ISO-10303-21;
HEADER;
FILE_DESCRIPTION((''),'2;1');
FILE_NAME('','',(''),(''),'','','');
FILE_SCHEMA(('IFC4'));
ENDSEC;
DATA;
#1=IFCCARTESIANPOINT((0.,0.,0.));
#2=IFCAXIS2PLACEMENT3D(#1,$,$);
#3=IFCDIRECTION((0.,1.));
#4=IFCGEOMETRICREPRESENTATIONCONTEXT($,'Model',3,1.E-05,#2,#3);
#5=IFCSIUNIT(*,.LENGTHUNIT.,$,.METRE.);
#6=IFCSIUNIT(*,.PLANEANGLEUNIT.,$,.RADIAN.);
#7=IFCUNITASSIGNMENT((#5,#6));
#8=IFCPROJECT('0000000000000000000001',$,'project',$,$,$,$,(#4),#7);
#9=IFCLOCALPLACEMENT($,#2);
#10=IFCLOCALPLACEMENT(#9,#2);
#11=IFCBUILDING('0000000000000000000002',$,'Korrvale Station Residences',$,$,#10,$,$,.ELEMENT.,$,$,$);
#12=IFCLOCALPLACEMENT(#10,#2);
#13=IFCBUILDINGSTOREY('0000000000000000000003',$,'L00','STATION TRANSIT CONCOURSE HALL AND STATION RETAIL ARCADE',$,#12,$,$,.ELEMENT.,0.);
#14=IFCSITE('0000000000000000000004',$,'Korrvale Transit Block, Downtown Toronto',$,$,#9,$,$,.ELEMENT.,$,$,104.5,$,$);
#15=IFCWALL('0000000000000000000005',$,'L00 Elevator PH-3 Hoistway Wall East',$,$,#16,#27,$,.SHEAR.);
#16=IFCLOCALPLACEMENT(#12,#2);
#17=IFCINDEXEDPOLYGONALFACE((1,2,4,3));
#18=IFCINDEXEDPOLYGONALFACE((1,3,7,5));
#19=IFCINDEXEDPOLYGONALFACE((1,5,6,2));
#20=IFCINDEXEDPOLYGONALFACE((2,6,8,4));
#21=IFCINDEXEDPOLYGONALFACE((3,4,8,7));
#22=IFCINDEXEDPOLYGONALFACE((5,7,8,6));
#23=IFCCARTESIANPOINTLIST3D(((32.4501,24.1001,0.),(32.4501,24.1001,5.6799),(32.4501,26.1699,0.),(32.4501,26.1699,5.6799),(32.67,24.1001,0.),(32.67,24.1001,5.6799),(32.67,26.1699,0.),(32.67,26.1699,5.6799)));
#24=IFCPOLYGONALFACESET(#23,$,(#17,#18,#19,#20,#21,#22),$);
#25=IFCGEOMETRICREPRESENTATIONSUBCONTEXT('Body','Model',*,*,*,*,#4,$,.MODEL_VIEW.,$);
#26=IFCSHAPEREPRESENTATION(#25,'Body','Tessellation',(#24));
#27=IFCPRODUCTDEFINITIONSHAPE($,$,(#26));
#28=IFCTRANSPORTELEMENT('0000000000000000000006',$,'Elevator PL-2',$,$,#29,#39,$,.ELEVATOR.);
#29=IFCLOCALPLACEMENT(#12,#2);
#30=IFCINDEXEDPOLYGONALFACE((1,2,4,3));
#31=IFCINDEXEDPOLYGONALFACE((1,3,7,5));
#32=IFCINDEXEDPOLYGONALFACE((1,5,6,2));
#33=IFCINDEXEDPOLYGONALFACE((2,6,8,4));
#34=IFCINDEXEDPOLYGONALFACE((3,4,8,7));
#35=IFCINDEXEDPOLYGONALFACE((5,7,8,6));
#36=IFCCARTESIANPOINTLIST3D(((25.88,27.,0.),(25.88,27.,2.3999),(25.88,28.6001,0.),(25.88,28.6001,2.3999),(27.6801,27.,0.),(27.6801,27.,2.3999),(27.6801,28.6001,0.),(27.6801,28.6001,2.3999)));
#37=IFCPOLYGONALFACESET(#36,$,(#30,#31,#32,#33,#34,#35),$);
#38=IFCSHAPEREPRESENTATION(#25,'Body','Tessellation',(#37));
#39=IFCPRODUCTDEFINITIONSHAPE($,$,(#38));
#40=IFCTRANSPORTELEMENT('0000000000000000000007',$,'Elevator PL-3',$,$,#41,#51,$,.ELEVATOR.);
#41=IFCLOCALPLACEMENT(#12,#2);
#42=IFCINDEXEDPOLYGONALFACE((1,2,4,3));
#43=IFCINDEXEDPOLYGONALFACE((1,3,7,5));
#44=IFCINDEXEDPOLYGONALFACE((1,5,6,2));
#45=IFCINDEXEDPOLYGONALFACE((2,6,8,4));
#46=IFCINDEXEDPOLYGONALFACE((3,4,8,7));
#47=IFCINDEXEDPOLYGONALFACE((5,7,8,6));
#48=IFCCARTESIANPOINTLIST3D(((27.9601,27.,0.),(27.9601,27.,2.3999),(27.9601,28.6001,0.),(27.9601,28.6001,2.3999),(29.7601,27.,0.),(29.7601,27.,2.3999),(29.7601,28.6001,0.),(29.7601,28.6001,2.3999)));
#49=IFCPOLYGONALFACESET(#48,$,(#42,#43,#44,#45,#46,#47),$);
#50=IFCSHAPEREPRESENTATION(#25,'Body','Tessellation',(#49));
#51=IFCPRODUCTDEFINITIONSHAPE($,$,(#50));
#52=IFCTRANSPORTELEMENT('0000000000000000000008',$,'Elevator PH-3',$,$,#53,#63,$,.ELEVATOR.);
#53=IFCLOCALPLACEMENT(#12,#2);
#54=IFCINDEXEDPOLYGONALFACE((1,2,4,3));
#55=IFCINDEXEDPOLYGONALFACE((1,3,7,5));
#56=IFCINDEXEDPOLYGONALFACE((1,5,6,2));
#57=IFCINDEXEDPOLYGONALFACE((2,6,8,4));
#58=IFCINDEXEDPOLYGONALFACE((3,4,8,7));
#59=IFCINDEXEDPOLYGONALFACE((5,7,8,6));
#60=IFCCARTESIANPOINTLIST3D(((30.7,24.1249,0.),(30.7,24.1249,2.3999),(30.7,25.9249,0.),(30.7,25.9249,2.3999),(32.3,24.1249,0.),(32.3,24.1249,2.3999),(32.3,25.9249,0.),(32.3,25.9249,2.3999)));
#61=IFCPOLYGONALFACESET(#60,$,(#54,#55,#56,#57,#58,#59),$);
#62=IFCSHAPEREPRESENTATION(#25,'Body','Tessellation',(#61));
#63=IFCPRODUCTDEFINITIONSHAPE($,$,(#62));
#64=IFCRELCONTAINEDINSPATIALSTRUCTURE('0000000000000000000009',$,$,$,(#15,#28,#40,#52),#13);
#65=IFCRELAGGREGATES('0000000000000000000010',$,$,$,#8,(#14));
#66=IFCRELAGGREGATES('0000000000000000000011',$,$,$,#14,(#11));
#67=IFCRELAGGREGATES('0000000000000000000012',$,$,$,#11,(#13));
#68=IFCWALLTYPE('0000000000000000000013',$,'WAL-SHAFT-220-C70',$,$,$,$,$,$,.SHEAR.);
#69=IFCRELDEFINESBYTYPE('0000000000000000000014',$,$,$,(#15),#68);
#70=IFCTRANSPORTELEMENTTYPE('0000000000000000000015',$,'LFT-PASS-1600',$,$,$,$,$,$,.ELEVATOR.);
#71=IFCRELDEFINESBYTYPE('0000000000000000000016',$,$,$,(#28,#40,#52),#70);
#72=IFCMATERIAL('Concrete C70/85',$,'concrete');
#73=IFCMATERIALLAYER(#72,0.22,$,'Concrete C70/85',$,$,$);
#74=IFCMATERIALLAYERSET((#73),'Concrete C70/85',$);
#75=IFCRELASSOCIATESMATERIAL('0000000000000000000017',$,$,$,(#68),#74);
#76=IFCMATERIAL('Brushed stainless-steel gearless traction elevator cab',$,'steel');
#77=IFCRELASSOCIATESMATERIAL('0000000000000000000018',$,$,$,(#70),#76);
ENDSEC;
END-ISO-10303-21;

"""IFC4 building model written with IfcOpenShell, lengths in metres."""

from ifc_helpers import new_model, si_unit, direction, frame, frame_2d, origin, origin_2d, place, context, subcontext, project, spatial, rectangle, extrude, material, layer, layer_set, type_object, element, save


model = new_model("IFC4")

# Units and contexts
model_context = context("Model", 3, precision=1e-05, world=origin(), true_north=direction((0.0, 1.0)))
body_context = subcontext(model_context, "Body", "Model", "MODEL_VIEW")
ifc_project = project(units=[si_unit("LENGTHUNIT", "METRE"), si_unit("PLANEANGLEUNIT", "RADIAN")], contexts=[model_context])

# Site, building, storey
site_placement = place(None, origin())
site = spatial("IfcSite", under=ifc_project, at=site_placement, Name="Korrvale Transit Block, Downtown Toronto", CompositionType="ELEMENT", RefElevation=104.5)
building_placement = place(site_placement, origin())
building = spatial("IfcBuilding", under=site, at=building_placement, Name="Korrvale Station Residences", CompositionType="ELEMENT")
storey_placement = place(building_placement, origin())
storey = spatial("IfcBuildingStorey", under=building, at=storey_placement, Name="L00", Description="STATION TRANSIT CONCOURSE HALL AND STATION RETAIL ARCADE", CompositionType="ELEMENT", Elevation=0.0)

# Shared definitions
ifc_material_1 = material(Name="Concrete C70/85", Category="concrete")

# Shared definitions
ifc_layer_1 = layer(ifc_material_1, 0.22, Name="Concrete C70/85")
ifc_layer_set_1 = layer_set([ifc_layer_1], Name="Concrete C70/85")
wall_type_1 = type_object("IfcWallType", Name="WAL-SHAFT-220-C70", PredefinedType="SHEAR", material=ifc_layer_set_1)

# Wall
wall_1_placement = place(storey_placement, frame((32.5601, 24.1001, 0.0), z_axis=(0.0, 0.0, 1.0), x_axis=(0.0, 1.0, 0.0)))
element("IfcWall", 1, at=wall_1_placement, inside=storey, type_object=wall_type_1, Name="L00 Elevator PH-3 Hoistway Wall East", PredefinedType="SHEAR", context=body_context, shape_type="SweptSolid", body=[
    extrude(rectangle(XDim=2.0698, YDim=0.22, at=frame_2d((1.0349, 0.0))), origin(), (0.0, 0.0, 1.0), 5.6799),
])

# Transport elements
ifc_material_2 = material(Name="Brushed stainless-steel gearless traction elevator cab", Category="steel")
transport_element_type = type_object("IfcTransportElementType", Name="LFT-PASS-1600", PredefinedType="ELEVATOR", material=ifc_material_2)
for number, where, z_axis, x_axis, name in (
    (2, (26.78, 27.8, 0.0), (0.0, 0.0, 1.0), (1.0, 0.0, 0.0), "Elevator PL-2"),
    (3, (28.8601, 27.8, 0.0), (0.0, 0.0, 1.0), (1.0, 0.0, 0.0), "Elevator PL-3"),
    (4, (31.5, 25.0249, 0.0), (0.0, 0.0, 1.0), (0.0, 1.0, 0.0), "Elevator PH-3"),
):
    element("IfcTransportElement", number, at=place(storey_placement, frame(where, z_axis=z_axis, x_axis=x_axis)), inside=storey, type_object=transport_element_type, Name=name, PredefinedType="ELEVATOR", context=body_context, shape_type="SweptSolid", body=[
        extrude(rectangle(XDim=1.8, YDim=1.6001, at=origin_2d()), origin(), (0.0, 0.0, 1.0), 2.3999),
    ])

save(model, "model.ifc")
